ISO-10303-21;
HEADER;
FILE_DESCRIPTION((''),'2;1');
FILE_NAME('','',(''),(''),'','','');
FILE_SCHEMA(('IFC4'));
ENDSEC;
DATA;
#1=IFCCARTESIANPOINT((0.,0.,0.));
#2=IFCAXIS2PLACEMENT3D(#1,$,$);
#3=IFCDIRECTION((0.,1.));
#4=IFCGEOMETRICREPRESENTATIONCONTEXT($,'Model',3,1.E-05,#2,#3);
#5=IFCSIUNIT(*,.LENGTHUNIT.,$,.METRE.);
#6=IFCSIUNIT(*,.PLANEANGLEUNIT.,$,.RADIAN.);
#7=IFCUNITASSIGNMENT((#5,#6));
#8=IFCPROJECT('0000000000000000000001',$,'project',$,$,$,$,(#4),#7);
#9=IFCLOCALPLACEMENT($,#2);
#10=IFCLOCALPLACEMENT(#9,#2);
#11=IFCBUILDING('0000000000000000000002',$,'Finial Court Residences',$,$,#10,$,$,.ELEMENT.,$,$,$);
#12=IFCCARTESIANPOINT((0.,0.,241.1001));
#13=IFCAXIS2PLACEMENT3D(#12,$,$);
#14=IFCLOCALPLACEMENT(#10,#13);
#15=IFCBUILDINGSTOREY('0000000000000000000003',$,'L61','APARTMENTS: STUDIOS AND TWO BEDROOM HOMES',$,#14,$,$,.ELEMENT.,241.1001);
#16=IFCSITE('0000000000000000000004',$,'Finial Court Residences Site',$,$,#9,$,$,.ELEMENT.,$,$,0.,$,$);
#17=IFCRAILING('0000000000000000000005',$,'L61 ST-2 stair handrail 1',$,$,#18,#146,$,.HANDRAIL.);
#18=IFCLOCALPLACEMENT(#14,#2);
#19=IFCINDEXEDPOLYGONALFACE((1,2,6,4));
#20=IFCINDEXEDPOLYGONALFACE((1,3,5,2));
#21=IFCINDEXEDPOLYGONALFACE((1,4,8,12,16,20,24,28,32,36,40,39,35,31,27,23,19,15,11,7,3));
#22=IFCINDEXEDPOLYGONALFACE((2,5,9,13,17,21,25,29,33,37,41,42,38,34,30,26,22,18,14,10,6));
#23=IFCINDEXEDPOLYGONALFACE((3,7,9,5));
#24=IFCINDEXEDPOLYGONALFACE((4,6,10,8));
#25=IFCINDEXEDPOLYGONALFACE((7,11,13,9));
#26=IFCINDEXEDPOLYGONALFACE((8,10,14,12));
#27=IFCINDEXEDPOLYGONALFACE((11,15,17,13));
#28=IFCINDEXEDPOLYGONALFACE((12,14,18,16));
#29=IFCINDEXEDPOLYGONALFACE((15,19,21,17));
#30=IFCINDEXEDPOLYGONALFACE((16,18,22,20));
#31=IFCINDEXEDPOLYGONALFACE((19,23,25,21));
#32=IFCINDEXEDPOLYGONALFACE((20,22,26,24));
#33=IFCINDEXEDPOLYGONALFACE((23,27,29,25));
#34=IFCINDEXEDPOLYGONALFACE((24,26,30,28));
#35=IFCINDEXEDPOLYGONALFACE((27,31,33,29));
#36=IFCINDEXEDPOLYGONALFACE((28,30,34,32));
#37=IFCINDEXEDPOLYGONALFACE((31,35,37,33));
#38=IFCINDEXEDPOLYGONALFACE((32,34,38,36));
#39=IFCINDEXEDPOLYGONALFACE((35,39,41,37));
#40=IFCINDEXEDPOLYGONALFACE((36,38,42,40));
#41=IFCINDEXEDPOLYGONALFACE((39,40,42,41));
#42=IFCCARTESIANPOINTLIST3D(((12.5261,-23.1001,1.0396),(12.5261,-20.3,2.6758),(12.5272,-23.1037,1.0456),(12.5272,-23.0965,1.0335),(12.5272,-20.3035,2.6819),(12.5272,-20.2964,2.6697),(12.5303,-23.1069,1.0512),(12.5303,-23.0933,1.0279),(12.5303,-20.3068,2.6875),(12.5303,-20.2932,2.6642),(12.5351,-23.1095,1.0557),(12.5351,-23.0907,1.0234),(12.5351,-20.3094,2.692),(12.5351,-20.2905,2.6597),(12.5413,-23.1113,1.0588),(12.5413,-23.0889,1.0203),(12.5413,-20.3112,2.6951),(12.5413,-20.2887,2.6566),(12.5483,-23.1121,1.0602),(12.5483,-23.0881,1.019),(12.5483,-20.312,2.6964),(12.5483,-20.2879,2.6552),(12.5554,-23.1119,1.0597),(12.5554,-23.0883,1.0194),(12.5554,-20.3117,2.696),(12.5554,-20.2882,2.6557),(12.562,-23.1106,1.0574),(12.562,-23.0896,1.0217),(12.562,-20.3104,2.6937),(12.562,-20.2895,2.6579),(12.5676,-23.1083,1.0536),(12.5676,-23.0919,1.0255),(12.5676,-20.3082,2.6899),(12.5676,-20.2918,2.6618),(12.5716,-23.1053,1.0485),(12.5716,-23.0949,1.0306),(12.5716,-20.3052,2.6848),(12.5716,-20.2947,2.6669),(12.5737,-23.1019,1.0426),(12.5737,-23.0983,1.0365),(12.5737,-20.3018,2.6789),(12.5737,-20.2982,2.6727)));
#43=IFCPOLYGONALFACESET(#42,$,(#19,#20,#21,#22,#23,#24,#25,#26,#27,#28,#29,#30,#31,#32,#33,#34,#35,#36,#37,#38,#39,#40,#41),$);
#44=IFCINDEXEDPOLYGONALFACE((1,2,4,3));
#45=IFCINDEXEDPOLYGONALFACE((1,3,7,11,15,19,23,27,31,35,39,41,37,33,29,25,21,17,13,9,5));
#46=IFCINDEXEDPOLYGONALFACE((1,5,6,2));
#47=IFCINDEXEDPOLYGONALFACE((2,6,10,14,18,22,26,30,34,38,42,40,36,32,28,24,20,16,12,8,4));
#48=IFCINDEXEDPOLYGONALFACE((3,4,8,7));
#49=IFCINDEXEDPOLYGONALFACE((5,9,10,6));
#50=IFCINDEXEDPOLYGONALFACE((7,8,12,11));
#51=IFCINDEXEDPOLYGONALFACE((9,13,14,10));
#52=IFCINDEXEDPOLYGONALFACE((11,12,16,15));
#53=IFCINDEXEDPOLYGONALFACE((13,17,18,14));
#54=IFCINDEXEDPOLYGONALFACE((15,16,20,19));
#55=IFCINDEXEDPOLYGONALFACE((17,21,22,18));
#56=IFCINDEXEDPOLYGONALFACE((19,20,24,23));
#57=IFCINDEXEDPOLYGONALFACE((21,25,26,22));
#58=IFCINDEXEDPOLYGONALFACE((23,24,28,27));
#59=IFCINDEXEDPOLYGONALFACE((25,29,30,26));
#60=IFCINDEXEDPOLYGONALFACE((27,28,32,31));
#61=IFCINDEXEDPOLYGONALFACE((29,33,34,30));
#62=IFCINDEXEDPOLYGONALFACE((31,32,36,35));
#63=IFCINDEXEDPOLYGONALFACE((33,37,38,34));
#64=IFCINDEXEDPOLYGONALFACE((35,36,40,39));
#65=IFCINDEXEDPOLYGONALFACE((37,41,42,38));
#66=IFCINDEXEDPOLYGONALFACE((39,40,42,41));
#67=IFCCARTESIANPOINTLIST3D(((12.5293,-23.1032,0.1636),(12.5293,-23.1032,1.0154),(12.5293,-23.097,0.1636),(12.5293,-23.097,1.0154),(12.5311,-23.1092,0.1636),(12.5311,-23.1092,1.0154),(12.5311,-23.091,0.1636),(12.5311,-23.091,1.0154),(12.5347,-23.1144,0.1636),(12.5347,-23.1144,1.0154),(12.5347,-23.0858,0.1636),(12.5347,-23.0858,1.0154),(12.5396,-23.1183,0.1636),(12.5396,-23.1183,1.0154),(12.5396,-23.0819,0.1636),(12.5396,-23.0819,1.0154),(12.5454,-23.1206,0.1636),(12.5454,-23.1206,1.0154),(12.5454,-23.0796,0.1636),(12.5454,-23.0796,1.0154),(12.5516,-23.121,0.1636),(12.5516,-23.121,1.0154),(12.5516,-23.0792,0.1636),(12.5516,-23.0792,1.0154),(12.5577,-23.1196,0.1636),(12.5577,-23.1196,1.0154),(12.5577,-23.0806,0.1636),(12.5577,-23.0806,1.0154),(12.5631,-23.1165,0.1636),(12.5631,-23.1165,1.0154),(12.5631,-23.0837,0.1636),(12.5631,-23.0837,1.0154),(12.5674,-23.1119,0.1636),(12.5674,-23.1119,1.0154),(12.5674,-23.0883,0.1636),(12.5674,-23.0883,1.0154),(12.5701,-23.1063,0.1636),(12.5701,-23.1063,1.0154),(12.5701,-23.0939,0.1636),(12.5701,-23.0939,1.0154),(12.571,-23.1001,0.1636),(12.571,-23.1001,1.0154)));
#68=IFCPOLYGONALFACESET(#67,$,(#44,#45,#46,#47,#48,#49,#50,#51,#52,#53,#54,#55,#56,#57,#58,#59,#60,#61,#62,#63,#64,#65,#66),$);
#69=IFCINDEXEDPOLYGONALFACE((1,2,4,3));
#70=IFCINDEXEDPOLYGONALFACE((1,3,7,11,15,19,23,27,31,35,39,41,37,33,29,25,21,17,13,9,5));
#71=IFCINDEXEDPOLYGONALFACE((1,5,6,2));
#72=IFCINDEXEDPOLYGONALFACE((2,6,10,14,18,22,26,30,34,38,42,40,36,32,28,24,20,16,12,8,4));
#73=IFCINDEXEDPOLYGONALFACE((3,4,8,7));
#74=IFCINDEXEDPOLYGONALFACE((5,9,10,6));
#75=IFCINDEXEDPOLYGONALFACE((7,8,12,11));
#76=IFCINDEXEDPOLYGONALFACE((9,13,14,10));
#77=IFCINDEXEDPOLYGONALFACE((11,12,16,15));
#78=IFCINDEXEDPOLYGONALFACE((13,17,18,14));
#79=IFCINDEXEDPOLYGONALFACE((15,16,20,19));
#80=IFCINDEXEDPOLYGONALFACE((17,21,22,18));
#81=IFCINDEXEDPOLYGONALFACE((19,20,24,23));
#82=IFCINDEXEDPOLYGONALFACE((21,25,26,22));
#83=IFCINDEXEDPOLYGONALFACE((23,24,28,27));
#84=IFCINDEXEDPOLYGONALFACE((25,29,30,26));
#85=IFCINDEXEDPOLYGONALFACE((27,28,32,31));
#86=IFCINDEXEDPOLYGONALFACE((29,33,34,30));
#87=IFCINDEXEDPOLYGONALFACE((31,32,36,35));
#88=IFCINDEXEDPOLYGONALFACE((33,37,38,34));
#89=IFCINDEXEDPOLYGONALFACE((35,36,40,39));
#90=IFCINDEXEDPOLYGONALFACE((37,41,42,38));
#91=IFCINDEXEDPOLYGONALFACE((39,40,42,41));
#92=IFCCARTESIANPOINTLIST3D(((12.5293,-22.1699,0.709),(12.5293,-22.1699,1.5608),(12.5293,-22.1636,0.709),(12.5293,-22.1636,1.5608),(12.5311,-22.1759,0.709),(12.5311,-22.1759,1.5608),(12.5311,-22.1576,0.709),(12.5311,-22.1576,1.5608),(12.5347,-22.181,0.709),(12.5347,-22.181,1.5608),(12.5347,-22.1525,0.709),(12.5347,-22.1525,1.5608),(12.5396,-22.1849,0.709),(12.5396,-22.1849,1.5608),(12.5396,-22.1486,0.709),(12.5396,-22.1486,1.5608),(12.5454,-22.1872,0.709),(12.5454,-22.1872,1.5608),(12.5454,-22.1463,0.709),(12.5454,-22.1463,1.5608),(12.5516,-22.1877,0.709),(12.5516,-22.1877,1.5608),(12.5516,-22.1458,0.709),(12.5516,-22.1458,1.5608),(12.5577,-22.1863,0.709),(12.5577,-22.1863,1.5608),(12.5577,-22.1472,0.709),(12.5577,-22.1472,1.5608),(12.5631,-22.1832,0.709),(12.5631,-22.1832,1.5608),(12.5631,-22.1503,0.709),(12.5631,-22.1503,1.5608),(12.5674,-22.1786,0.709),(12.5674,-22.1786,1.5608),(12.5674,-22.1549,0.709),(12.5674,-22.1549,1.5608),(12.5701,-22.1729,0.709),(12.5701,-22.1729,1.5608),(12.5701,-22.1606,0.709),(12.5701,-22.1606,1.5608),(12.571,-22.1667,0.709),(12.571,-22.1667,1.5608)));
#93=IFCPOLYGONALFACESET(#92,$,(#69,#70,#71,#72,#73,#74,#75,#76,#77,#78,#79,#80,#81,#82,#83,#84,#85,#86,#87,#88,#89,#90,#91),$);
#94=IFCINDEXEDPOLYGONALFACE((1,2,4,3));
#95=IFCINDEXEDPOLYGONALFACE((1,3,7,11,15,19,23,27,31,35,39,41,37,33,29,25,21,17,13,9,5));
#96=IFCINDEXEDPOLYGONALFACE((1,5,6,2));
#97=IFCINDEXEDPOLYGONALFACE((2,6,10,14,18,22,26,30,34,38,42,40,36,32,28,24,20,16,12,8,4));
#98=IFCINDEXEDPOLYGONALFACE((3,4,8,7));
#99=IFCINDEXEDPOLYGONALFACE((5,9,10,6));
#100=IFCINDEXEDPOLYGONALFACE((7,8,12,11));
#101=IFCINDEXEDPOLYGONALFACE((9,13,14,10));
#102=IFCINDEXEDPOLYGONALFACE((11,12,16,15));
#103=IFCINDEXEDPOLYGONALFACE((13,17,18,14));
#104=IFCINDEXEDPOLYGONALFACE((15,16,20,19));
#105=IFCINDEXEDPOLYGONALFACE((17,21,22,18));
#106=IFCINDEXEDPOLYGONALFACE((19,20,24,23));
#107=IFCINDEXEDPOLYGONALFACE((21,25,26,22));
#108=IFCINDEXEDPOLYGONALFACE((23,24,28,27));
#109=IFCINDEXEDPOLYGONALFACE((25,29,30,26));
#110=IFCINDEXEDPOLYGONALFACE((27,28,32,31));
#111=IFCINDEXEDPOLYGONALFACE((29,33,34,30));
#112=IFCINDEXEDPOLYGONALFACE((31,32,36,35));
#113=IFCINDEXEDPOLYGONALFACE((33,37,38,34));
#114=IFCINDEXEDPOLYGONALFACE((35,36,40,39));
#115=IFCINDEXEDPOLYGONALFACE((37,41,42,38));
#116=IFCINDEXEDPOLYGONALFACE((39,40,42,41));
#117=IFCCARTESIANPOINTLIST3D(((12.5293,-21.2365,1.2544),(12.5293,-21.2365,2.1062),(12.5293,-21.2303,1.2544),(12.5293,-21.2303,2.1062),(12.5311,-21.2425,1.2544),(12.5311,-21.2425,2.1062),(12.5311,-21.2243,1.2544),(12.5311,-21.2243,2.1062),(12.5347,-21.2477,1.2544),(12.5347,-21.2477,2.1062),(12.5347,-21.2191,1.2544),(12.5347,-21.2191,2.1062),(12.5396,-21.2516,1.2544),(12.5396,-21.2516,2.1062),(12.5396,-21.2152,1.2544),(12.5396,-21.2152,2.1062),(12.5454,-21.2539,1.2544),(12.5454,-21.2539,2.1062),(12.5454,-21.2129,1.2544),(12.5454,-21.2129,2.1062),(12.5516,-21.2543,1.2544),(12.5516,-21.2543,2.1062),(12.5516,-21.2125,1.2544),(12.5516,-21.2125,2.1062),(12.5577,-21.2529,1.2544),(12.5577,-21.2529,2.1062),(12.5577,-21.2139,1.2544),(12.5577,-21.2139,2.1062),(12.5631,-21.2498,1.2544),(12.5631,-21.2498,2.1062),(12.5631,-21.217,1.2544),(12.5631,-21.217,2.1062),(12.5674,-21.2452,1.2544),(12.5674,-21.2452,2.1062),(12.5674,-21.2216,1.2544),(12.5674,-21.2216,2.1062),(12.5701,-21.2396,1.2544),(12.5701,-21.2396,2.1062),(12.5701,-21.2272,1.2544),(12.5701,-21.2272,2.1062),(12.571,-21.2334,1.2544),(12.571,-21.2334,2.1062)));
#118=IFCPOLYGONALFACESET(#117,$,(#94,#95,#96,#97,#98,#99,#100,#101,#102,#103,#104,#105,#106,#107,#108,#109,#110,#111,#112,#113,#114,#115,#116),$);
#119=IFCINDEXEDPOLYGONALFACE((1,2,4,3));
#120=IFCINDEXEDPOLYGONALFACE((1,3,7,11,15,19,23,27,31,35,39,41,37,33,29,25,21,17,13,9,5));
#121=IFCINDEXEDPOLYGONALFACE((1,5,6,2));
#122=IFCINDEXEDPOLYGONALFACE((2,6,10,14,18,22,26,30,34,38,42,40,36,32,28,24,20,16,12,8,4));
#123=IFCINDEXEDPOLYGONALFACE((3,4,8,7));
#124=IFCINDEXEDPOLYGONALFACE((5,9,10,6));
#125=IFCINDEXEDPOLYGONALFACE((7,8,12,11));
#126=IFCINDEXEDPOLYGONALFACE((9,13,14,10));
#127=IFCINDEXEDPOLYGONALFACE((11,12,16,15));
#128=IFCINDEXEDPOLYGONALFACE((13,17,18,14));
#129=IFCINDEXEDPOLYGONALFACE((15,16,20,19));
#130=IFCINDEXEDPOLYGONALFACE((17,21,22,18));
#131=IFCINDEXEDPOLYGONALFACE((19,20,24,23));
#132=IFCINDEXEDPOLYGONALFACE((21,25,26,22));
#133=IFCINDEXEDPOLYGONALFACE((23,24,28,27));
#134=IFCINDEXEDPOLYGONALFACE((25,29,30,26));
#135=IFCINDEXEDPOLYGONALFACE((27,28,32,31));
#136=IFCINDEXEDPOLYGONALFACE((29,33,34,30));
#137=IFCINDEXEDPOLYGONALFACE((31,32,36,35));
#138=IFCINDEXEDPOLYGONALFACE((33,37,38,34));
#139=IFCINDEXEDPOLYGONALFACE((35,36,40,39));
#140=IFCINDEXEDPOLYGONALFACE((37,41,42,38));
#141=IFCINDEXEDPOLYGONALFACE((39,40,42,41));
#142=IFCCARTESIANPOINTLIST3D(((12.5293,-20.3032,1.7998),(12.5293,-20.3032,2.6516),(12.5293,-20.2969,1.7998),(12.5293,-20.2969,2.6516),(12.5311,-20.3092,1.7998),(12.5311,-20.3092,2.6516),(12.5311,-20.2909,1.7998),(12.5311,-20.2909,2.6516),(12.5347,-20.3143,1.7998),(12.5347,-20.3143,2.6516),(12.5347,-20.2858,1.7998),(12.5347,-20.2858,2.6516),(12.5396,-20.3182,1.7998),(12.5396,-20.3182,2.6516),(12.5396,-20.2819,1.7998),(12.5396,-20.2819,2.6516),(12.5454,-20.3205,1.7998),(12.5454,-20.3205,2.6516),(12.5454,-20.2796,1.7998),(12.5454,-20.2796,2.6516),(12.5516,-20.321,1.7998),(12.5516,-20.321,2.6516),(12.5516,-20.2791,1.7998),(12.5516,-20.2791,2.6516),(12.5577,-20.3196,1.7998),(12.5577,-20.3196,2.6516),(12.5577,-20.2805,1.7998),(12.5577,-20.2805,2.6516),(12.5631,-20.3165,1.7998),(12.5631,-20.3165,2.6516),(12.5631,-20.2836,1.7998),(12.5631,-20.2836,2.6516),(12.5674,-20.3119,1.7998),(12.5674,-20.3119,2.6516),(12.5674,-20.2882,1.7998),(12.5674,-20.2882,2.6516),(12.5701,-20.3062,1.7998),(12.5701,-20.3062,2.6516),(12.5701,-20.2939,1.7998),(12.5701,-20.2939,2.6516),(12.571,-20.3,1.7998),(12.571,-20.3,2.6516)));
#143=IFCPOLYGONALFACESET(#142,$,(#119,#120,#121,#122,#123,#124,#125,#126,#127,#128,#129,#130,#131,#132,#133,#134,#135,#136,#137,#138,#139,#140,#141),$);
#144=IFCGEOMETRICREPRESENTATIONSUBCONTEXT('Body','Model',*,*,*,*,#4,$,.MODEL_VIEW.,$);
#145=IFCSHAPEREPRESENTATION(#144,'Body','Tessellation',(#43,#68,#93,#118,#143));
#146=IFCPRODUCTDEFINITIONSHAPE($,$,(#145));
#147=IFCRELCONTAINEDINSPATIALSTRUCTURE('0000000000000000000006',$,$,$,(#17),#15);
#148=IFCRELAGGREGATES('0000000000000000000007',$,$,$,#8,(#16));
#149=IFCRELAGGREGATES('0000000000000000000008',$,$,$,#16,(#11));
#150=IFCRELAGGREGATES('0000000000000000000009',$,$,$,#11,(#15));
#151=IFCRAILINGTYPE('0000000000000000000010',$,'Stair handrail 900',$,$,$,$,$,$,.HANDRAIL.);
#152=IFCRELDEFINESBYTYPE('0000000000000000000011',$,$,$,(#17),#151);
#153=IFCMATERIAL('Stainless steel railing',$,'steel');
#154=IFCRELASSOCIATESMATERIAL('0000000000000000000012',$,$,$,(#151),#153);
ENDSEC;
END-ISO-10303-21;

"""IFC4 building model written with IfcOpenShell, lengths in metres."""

from ifc_helpers import new_model, si_unit, direction, frame, origin, origin_2d, place, context, subcontext, project, spatial, circle, extrude, material, type_object, element, save


model = new_model("IFC4")

# Units and contexts
model_context = context("Model", 3, precision=1e-05, world=origin(), true_north=direction((0.0, 1.0)))
body_context = subcontext(model_context, "Body", "Model", "MODEL_VIEW")
ifc_project = project(units=[si_unit("LENGTHUNIT", "METRE"), si_unit("PLANEANGLEUNIT", "RADIAN")], contexts=[model_context])

# Site, building, storey
site_placement = place(None, origin())
site = spatial("IfcSite", under=ifc_project, at=site_placement, Name="Finial Court Residences Site", CompositionType="ELEMENT", RefElevation=0.0)
building_placement = place(site_placement, origin())
building = spatial("IfcBuilding", under=site, at=building_placement, Name="Finial Court Residences", CompositionType="ELEMENT")
storey_placement = place(building_placement, frame((0.0, 0.0, 241.1001)))
storey = spatial("IfcBuildingStorey", under=building, at=storey_placement, Name="L61", Description="APARTMENTS: STUDIOS AND TWO BEDROOM HOMES", CompositionType="ELEMENT", Elevation=241.1001)

# Railing
ifc_material_1 = material(Name="Stainless steel railing", Category="steel")
railing_type_1 = type_object("IfcRailingType", Name="Stair handrail 900", PredefinedType="HANDRAIL", material=ifc_material_1)
railing_1_placement = place(storey_placement, frame((12.55, -23.1001, 0.1636)))
element("IfcRailing", 1, at=railing_1_placement, inside=storey, type_object=railing_type_1, Name="L61 ST-2 stair handrail 1", PredefinedType="HANDRAIL", context=body_context, shape_type="SweptSolid", body=[
    extrude(circle(Radius=0.0239, at=origin_2d()), frame((0.0, 0.0, 0.876), z_axis=(0.0, 0.863394, 0.504531), x_axis=(-1.0, 0.0, 0.0)), (0.0, 0.0, 1.0), 3.2432),
    extrude(circle(Radius=0.021, at=origin_2d()), origin(), (0.0, 0.0, 1.0), 0.8518),
    extrude(circle(Radius=0.021, at=origin_2d()), frame((0.0, 0.9333, 0.5454)), (0.0, 0.0, 1.0), 0.8518),
    extrude(circle(Radius=0.021, at=origin_2d()), frame((0.0, 1.8667, 1.0908)), (0.0, 0.0, 1.0), 0.8518),
    extrude(circle(Radius=0.021, at=origin_2d()), frame((0.0, 2.8, 1.6362)), (0.0, 0.0, 1.0), 0.8518),
])

save(model, "model.ifc")
